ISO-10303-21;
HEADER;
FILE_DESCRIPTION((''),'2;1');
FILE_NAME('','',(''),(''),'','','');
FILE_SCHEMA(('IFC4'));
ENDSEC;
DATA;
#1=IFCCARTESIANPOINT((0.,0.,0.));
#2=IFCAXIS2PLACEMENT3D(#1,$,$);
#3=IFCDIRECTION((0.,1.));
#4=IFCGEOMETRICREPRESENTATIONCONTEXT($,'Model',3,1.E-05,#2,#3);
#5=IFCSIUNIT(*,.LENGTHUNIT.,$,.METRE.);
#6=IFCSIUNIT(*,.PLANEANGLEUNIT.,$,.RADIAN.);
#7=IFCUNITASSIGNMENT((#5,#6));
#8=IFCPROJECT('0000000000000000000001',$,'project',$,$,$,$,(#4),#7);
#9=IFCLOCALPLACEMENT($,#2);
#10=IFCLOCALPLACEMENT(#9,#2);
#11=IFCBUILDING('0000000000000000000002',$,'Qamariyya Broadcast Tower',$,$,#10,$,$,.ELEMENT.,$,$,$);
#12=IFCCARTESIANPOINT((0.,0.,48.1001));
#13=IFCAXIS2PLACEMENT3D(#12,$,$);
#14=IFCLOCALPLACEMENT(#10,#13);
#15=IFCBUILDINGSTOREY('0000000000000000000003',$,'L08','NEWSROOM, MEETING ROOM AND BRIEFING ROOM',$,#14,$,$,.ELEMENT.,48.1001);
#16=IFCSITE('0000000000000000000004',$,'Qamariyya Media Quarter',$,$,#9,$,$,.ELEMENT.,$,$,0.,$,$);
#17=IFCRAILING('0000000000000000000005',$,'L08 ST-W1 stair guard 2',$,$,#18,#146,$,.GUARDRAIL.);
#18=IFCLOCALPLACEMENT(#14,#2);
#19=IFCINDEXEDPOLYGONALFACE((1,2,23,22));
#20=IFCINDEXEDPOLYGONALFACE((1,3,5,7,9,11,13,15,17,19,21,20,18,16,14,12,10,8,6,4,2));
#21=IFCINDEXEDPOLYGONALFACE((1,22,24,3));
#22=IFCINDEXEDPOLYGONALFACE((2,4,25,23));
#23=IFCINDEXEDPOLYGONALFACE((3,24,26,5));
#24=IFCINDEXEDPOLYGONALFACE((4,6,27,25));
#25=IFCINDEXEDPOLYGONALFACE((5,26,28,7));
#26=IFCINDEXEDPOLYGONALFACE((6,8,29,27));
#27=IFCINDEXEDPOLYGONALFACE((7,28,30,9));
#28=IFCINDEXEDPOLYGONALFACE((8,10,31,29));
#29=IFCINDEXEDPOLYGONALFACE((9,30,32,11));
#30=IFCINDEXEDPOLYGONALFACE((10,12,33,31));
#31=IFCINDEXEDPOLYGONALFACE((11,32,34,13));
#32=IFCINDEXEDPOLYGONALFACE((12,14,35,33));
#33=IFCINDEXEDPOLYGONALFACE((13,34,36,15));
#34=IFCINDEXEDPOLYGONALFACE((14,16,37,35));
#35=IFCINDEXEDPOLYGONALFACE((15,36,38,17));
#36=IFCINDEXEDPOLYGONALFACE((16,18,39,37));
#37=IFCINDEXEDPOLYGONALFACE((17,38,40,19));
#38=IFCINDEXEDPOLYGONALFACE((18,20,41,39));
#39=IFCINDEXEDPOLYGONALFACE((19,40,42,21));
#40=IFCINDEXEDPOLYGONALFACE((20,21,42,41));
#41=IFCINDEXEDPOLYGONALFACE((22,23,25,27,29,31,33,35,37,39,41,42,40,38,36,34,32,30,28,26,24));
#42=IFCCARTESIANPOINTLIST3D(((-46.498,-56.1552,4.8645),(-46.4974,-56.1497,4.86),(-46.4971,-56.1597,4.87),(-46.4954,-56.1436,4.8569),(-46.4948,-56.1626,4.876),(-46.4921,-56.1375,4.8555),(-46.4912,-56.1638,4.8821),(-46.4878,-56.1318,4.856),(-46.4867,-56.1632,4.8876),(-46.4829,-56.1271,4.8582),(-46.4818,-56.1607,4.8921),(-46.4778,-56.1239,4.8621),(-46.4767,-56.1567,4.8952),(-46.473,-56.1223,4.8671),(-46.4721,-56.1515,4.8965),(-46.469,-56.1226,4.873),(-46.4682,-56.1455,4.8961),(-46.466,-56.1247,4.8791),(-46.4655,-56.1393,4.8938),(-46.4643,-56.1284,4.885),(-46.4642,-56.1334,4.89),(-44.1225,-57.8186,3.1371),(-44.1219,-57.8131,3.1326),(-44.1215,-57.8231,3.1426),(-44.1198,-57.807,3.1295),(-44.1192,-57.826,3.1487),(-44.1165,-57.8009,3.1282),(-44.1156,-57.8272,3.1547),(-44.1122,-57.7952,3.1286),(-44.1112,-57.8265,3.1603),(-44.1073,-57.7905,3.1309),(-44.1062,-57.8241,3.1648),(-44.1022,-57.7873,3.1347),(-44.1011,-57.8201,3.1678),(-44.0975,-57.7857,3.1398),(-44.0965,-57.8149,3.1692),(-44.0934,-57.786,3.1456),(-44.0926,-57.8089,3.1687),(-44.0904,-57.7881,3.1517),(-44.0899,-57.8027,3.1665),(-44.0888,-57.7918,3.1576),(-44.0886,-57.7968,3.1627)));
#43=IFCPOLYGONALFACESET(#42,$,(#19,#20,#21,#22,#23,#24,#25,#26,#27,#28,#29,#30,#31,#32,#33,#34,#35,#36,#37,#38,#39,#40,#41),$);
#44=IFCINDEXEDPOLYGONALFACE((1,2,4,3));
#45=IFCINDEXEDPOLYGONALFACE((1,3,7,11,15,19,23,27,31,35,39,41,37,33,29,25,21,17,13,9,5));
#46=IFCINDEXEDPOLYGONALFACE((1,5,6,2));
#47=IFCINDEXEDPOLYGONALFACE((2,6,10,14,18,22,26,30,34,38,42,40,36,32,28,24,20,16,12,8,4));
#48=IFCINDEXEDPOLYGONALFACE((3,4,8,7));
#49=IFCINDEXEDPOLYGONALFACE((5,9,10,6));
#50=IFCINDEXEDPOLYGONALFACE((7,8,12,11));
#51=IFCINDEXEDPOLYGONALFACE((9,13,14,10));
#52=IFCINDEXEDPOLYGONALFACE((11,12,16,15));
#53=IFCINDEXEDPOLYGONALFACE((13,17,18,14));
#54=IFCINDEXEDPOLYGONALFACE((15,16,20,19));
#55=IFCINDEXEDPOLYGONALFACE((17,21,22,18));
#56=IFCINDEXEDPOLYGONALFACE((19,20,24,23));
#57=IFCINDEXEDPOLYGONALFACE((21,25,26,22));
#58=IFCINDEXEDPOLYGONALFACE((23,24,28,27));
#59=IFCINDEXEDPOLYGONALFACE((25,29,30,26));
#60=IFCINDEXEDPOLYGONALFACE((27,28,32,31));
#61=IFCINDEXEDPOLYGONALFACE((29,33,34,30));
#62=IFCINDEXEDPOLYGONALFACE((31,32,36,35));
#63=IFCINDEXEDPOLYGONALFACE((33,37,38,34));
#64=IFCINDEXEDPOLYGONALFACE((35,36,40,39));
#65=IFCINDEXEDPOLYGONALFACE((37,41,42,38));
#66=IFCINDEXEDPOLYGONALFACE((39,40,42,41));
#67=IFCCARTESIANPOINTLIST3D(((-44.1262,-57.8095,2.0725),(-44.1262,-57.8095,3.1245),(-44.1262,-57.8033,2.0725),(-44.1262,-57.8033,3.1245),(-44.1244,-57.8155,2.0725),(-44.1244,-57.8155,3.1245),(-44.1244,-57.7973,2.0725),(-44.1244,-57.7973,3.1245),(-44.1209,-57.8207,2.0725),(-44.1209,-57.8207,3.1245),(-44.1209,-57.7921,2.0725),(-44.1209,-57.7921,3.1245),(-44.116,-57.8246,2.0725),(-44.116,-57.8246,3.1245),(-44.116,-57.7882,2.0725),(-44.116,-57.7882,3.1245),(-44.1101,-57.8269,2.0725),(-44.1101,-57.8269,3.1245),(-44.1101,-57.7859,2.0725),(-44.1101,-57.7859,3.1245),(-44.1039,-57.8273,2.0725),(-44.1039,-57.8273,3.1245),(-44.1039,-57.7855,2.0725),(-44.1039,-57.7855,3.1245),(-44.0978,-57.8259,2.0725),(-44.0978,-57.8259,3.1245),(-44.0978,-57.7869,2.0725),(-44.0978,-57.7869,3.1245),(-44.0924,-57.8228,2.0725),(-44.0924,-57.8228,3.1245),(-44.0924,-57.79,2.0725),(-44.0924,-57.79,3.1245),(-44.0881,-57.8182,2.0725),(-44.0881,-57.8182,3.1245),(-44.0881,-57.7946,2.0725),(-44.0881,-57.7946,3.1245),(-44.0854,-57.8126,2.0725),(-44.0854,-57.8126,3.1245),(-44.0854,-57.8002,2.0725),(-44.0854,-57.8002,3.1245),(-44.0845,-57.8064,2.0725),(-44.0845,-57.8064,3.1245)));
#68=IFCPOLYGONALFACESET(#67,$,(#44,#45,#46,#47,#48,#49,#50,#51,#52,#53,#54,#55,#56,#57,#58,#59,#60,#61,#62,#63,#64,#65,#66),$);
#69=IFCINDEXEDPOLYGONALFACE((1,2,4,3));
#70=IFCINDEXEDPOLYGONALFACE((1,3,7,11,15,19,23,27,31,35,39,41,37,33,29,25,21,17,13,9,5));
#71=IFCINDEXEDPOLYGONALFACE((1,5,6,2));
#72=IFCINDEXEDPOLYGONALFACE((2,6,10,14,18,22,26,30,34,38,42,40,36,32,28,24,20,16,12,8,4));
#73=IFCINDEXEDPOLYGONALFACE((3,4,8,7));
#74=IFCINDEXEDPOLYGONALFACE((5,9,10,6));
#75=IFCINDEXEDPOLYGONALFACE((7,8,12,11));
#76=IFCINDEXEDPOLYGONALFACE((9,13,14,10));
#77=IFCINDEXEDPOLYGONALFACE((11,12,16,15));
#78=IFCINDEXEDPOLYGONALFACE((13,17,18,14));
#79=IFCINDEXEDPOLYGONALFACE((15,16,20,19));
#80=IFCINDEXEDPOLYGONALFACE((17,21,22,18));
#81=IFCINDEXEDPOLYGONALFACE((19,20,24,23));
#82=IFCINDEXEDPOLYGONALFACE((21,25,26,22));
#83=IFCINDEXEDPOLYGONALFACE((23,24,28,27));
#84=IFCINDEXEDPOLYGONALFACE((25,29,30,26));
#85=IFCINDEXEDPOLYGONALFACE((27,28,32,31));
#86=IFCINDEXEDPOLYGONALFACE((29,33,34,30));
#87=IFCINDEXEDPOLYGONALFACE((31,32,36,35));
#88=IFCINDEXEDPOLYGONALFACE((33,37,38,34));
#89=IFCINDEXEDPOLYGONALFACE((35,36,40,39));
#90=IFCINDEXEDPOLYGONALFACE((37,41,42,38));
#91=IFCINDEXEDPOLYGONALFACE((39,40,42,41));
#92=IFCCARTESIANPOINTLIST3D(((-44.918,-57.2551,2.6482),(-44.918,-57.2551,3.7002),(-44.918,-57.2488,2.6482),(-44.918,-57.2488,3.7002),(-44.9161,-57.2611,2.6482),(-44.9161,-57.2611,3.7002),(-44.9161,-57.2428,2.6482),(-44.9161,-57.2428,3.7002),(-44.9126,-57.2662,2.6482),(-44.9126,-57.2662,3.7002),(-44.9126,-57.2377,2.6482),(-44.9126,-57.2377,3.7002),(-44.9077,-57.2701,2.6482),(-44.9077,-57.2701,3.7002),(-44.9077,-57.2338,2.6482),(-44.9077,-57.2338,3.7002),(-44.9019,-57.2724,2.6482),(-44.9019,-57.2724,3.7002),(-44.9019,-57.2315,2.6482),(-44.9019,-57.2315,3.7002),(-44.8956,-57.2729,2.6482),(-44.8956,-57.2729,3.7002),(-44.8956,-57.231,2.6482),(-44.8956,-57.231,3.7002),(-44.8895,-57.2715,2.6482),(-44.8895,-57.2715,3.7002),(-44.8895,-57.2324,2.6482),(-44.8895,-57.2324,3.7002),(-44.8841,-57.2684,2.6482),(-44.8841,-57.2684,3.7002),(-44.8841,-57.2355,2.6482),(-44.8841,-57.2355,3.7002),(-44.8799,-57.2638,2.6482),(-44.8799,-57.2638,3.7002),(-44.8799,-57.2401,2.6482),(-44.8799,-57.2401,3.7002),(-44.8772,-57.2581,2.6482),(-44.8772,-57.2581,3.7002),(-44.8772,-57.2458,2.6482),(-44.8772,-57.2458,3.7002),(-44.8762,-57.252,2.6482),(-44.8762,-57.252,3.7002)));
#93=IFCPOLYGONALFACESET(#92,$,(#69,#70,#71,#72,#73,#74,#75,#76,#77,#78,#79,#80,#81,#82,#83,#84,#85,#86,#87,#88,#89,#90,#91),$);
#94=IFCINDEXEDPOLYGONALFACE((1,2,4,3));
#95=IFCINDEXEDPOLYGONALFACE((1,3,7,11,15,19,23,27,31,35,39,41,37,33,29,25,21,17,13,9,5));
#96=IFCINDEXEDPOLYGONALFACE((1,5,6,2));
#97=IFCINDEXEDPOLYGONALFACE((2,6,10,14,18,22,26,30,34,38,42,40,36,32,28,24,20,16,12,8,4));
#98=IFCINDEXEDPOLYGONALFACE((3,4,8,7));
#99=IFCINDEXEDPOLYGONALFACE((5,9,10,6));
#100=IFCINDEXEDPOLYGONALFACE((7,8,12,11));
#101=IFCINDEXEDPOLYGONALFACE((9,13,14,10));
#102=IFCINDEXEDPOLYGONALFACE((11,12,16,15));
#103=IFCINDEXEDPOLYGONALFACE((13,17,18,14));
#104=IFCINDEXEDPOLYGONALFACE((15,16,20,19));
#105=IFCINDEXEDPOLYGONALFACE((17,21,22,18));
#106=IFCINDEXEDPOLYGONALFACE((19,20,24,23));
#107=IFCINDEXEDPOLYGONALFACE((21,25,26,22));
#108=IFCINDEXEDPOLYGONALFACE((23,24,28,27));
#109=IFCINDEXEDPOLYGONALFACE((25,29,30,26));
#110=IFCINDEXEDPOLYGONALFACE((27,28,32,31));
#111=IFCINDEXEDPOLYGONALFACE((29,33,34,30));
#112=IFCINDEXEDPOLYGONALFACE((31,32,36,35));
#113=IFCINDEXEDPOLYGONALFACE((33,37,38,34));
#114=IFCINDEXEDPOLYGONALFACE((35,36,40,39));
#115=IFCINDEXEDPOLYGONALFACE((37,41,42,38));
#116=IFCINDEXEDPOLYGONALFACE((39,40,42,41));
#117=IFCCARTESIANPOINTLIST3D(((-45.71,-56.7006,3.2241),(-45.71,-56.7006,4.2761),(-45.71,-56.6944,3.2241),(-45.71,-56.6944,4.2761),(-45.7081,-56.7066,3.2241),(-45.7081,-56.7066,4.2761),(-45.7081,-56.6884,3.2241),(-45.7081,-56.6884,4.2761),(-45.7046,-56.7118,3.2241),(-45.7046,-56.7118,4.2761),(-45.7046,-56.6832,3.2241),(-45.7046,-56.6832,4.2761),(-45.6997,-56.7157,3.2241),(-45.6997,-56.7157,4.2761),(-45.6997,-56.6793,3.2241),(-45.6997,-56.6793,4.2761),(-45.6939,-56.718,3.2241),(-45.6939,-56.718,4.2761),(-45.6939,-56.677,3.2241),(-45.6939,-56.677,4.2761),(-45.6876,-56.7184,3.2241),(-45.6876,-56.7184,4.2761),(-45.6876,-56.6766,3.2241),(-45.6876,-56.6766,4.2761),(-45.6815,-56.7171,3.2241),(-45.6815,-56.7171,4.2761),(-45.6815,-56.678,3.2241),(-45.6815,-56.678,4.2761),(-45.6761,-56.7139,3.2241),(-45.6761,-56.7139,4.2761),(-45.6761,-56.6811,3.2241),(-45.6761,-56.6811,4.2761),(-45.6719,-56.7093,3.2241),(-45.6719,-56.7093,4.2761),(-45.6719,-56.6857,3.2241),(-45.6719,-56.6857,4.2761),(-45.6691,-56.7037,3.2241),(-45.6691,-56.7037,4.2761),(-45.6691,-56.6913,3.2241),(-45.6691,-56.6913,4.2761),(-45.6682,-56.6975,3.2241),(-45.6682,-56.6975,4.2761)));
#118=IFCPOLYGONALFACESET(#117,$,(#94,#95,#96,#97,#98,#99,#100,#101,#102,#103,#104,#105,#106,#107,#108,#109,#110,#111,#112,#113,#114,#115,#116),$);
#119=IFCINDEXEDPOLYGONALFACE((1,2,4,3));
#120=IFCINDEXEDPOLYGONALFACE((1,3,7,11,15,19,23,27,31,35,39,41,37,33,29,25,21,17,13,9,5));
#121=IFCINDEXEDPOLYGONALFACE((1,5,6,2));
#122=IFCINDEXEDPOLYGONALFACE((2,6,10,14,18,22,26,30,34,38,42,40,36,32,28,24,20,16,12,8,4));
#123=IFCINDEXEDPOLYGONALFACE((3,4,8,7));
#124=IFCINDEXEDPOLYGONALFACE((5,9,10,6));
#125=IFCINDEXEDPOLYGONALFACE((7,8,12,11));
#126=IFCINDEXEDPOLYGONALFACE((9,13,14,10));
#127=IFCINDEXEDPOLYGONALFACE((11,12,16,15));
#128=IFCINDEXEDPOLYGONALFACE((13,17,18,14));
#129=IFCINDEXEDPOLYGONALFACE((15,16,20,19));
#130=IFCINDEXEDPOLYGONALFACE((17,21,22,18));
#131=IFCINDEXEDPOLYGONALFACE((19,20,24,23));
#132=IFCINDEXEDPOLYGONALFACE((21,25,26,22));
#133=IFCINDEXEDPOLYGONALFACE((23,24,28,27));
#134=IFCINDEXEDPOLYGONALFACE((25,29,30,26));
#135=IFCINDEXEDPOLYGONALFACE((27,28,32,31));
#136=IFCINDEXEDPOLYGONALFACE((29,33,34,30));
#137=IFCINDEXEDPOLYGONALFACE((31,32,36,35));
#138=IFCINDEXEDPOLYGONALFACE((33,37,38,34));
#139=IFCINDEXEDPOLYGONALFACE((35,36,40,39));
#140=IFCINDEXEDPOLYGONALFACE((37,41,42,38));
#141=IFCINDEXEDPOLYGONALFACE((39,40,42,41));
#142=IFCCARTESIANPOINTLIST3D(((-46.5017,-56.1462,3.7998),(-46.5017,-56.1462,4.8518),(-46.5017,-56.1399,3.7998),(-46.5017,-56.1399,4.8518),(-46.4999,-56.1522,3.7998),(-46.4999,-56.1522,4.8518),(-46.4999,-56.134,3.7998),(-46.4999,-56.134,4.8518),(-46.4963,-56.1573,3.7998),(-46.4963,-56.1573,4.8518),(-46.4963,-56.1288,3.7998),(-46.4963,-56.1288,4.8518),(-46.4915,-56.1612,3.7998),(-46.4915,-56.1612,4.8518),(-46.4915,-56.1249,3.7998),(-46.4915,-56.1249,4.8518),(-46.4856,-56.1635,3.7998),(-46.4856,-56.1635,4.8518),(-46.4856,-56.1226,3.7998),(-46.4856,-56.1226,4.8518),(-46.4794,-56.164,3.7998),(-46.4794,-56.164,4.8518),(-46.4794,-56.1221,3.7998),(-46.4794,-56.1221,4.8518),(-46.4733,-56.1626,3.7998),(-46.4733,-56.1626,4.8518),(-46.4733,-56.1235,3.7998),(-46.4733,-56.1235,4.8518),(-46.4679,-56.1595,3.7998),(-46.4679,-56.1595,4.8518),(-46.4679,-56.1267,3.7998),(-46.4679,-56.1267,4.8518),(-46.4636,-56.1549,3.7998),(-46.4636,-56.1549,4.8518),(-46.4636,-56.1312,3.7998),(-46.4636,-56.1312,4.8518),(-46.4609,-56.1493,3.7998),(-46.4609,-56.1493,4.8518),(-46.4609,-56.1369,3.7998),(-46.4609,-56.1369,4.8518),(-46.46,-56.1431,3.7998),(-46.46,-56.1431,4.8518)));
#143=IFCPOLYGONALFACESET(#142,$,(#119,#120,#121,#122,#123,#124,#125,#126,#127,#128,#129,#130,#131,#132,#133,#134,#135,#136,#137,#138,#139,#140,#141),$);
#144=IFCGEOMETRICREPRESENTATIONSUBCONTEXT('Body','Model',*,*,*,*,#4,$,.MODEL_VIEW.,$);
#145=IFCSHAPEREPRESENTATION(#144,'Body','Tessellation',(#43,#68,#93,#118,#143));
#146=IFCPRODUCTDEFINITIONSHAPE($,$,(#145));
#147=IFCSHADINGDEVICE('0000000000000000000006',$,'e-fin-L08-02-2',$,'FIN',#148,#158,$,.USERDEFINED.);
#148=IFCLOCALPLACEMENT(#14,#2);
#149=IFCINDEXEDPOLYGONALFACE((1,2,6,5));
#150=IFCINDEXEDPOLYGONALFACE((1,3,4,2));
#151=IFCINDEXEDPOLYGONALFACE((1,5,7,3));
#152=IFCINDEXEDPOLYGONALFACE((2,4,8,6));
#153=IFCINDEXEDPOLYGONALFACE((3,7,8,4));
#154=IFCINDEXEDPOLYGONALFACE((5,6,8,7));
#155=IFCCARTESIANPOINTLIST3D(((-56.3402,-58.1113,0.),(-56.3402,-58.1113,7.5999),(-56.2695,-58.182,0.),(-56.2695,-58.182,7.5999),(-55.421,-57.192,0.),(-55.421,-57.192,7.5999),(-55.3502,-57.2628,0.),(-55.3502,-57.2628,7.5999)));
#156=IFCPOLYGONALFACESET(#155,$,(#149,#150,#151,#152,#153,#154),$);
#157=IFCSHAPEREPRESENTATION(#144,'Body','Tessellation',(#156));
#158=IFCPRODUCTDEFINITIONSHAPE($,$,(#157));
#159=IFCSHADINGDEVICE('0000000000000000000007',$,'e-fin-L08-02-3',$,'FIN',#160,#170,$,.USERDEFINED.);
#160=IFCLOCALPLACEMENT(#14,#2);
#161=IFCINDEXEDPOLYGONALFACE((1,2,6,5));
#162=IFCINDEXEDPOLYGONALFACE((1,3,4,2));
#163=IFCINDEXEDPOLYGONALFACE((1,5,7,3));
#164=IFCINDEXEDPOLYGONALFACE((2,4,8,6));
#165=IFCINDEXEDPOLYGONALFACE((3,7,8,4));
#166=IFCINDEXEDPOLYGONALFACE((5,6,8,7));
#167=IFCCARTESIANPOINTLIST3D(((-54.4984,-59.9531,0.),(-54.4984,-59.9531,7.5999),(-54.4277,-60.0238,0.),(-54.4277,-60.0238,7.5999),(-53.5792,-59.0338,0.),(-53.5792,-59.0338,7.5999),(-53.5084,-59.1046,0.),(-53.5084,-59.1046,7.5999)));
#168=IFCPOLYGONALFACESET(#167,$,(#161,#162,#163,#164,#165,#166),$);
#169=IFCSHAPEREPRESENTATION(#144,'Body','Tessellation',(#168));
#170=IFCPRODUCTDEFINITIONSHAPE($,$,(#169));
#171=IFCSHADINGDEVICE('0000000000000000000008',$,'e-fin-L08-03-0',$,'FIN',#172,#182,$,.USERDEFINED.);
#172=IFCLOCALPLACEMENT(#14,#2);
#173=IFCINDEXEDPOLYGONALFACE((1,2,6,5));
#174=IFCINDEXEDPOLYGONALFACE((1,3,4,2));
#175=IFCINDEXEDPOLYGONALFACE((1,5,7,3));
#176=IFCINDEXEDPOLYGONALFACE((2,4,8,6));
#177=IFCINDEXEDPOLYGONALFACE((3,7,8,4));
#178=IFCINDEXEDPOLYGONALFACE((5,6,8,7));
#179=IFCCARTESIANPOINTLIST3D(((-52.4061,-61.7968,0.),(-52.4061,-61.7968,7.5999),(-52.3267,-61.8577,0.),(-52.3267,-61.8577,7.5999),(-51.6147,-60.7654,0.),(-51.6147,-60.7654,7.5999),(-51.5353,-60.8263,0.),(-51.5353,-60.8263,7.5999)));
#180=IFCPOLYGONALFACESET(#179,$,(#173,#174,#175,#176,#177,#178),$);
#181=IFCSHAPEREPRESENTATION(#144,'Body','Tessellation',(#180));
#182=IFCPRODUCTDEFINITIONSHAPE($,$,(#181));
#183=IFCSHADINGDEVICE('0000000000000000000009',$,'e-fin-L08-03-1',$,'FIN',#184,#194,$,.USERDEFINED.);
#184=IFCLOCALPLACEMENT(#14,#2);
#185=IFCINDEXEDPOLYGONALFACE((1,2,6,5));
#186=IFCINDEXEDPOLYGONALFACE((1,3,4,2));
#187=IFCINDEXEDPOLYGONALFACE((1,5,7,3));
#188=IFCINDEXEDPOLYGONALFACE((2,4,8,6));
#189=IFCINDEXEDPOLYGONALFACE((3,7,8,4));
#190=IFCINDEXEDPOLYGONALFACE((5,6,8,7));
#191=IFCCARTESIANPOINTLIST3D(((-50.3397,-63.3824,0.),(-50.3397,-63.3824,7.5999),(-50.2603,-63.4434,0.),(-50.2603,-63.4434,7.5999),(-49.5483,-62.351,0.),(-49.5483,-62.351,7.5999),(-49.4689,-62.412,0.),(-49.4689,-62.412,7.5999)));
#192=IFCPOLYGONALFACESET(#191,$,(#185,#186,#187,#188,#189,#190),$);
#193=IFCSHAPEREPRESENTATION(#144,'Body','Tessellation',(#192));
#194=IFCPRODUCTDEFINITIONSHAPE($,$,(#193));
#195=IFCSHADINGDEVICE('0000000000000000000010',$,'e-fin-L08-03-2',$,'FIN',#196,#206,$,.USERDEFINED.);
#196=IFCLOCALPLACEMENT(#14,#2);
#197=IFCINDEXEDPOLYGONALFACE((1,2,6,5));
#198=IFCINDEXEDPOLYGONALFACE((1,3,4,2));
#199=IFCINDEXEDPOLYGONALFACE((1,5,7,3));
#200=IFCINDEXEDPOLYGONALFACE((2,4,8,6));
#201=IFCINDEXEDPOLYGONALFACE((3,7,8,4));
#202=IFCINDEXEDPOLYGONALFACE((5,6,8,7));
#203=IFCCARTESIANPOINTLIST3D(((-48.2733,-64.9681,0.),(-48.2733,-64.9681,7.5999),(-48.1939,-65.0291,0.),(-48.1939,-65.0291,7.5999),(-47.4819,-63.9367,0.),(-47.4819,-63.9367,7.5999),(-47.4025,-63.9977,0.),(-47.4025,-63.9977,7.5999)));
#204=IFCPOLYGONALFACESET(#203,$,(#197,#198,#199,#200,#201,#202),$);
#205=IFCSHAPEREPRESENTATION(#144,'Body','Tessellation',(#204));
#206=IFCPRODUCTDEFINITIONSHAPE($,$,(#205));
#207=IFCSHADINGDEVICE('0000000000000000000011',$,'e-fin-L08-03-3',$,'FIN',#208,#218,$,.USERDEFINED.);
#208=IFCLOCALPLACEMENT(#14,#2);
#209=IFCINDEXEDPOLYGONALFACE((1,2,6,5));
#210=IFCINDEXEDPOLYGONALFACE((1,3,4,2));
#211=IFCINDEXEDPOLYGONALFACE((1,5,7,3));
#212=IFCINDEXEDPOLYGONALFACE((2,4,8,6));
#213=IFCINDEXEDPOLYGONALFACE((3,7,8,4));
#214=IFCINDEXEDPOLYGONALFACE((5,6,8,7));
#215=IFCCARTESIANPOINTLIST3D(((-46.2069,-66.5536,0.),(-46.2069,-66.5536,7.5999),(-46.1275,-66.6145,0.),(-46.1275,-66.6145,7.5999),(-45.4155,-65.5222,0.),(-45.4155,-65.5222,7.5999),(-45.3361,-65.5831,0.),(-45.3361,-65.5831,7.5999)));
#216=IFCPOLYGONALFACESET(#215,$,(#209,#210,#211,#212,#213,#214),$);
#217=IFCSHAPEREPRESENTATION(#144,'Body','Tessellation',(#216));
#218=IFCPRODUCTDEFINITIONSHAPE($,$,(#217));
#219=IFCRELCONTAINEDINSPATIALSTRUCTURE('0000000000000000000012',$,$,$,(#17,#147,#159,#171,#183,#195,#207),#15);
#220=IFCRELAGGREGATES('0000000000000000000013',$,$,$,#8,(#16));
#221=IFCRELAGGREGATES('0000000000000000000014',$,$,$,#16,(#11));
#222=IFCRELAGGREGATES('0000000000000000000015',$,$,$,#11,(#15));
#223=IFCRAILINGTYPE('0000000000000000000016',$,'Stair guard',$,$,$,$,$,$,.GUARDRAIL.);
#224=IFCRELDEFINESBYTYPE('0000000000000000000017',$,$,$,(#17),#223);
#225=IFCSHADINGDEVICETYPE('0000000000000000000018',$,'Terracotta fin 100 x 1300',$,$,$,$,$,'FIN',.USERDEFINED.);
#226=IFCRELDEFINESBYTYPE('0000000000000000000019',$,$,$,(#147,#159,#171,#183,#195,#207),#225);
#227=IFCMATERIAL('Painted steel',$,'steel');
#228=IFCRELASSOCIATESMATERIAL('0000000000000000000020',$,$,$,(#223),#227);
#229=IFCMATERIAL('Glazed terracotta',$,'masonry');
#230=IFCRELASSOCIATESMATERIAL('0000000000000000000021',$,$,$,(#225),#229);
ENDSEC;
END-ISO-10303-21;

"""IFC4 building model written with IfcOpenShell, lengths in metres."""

from ifc_helpers import new_model, si_unit, direction, frame, origin, origin_2d, place, context, subcontext, project, spatial, rectangle, circle, extrude, material, material_profile, profile_set, type_object, element, save


model = new_model("IFC4")

# Units and contexts
model_context = context("Model", 3, precision=1e-05, world=origin(), true_north=direction((0.0, 1.0)))
body_context = subcontext(model_context, "Body", "Model", "MODEL_VIEW")
ifc_project = project(units=[si_unit("LENGTHUNIT", "METRE"), si_unit("PLANEANGLEUNIT", "RADIAN")], contexts=[model_context])

# Site, building, storey
site_placement = place(None, origin())
site = spatial("IfcSite", under=ifc_project, at=site_placement, Name="Qamariyya Media Quarter", CompositionType="ELEMENT", RefElevation=0.0)
building_placement = place(site_placement, origin())
building = spatial("IfcBuilding", under=site, at=building_placement, Name="Qamariyya Broadcast Tower", CompositionType="ELEMENT")
storey_placement = place(building_placement, frame((0.0, 0.0, 48.1001)))
storey = spatial("IfcBuildingStorey", under=building, at=storey_placement, Name="L08", Description="NEWSROOM, MEETING ROOM AND BRIEFING ROOM", CompositionType="ELEMENT", Elevation=48.1001)

# Railing
ifc_material_1 = material(Name="Painted steel", Category="steel")
railing_type = type_object("IfcRailingType", Name="Stair guard", PredefinedType="GUARDRAIL", material=ifc_material_1)
railing_placement = place(storey_placement, frame((-44.1055, -57.8064, 2.0725)))
element("IfcRailing", 1, at=railing_placement, inside=storey, type_object=railing_type, Name="L08 ST-W1 stair guard 2", PredefinedType="GUARDRAIL", context=body_context, shape_type="SweptSolid", body=[
    extrude(circle(Radius=0.0239, at=origin_2d()), frame((0.0, 0.0, 1.0762), z_axis=(-0.70377, 0.492784, 0.511734), x_axis=(-0.573575, -0.819153, 0.0)), (0.0, 0.0, 1.0), 3.3755),
    extrude(circle(Radius=0.021, at=origin_2d()), origin(), (0.0, 0.0, 1.0), 1.052),
    extrude(circle(Radius=0.021, at=origin_2d()), frame((-0.7917, 0.5544, 0.5757)), (0.0, 0.0, 1.0), 1.052),
    extrude(circle(Radius=0.021, at=origin_2d()), frame((-1.5837, 1.1089, 1.1516)), (0.0, 0.0, 1.0), 1.052),
    extrude(circle(Radius=0.021, at=origin_2d()), frame((-2.3755, 1.6633, 1.7273)), (0.0, 0.0, 1.0), 1.052),
])

# Shading devices
ifc_material_2 = material(Name="Glazed terracotta", Category="masonry")
ifc_material_profile_1 = material_profile(ifc_material_2, rectangle(XDim=1.3, YDim=0.1001, at=origin_2d()))
ifc_profile_set_1 = profile_set([ifc_material_profile_1], Name="Glazed terracotta")
shading_device_type_1 = type_object("IfcShadingDeviceType", Name="Terracotta fin 100 x 1300", ElementType="FIN", PredefinedType="USERDEFINED", material=ifc_profile_set_1)
for number, where, z_axis, x_axis, name in (
    (2, (-55.8452, -57.687, 0.0), (0.0, 0.0, 1.0), (-0.707107, -0.707107, 0.0), "e-fin-L08-02-2"),
    (3, (-54.0034, -59.5288, 0.0), (0.0, 0.0, 1.0), (-0.707107, -0.707107, 0.0), "e-fin-L08-02-3"),
    (4, (-51.9707, -61.3115, 0.0), (0.0, 0.0, 1.0), (-0.608761, -0.793353, 0.0), "e-fin-L08-03-0"),
    (5, (-49.9043, -62.8972, 0.0), (0.0, 0.0, 1.0), (-0.608761, -0.793353, 0.0), "e-fin-L08-03-1"),
    (6, (-47.8379, -64.4829, 0.0), (0.0, 0.0, 1.0), (-0.608761, -0.793353, 0.0), "e-fin-L08-03-2"),
    (7, (-45.7715, -66.0684, 0.0), (0.0, 0.0, 1.0), (-0.608761, -0.793353, 0.0), "e-fin-L08-03-3"),
):
    element("IfcShadingDevice", number, at=place(storey_placement, frame(where, z_axis=z_axis, x_axis=x_axis)), inside=storey, type_object=shading_device_type_1, Name=name, ObjectType="FIN", PredefinedType="USERDEFINED", context=body_context, shape_type="SweptSolid", body=[
        extrude(rectangle(XDim=1.3, YDim=0.1001, at=origin_2d()), origin(), (0.0, 0.0, 1.0), 7.5999),
    ])

save(model, "model.ifc")
